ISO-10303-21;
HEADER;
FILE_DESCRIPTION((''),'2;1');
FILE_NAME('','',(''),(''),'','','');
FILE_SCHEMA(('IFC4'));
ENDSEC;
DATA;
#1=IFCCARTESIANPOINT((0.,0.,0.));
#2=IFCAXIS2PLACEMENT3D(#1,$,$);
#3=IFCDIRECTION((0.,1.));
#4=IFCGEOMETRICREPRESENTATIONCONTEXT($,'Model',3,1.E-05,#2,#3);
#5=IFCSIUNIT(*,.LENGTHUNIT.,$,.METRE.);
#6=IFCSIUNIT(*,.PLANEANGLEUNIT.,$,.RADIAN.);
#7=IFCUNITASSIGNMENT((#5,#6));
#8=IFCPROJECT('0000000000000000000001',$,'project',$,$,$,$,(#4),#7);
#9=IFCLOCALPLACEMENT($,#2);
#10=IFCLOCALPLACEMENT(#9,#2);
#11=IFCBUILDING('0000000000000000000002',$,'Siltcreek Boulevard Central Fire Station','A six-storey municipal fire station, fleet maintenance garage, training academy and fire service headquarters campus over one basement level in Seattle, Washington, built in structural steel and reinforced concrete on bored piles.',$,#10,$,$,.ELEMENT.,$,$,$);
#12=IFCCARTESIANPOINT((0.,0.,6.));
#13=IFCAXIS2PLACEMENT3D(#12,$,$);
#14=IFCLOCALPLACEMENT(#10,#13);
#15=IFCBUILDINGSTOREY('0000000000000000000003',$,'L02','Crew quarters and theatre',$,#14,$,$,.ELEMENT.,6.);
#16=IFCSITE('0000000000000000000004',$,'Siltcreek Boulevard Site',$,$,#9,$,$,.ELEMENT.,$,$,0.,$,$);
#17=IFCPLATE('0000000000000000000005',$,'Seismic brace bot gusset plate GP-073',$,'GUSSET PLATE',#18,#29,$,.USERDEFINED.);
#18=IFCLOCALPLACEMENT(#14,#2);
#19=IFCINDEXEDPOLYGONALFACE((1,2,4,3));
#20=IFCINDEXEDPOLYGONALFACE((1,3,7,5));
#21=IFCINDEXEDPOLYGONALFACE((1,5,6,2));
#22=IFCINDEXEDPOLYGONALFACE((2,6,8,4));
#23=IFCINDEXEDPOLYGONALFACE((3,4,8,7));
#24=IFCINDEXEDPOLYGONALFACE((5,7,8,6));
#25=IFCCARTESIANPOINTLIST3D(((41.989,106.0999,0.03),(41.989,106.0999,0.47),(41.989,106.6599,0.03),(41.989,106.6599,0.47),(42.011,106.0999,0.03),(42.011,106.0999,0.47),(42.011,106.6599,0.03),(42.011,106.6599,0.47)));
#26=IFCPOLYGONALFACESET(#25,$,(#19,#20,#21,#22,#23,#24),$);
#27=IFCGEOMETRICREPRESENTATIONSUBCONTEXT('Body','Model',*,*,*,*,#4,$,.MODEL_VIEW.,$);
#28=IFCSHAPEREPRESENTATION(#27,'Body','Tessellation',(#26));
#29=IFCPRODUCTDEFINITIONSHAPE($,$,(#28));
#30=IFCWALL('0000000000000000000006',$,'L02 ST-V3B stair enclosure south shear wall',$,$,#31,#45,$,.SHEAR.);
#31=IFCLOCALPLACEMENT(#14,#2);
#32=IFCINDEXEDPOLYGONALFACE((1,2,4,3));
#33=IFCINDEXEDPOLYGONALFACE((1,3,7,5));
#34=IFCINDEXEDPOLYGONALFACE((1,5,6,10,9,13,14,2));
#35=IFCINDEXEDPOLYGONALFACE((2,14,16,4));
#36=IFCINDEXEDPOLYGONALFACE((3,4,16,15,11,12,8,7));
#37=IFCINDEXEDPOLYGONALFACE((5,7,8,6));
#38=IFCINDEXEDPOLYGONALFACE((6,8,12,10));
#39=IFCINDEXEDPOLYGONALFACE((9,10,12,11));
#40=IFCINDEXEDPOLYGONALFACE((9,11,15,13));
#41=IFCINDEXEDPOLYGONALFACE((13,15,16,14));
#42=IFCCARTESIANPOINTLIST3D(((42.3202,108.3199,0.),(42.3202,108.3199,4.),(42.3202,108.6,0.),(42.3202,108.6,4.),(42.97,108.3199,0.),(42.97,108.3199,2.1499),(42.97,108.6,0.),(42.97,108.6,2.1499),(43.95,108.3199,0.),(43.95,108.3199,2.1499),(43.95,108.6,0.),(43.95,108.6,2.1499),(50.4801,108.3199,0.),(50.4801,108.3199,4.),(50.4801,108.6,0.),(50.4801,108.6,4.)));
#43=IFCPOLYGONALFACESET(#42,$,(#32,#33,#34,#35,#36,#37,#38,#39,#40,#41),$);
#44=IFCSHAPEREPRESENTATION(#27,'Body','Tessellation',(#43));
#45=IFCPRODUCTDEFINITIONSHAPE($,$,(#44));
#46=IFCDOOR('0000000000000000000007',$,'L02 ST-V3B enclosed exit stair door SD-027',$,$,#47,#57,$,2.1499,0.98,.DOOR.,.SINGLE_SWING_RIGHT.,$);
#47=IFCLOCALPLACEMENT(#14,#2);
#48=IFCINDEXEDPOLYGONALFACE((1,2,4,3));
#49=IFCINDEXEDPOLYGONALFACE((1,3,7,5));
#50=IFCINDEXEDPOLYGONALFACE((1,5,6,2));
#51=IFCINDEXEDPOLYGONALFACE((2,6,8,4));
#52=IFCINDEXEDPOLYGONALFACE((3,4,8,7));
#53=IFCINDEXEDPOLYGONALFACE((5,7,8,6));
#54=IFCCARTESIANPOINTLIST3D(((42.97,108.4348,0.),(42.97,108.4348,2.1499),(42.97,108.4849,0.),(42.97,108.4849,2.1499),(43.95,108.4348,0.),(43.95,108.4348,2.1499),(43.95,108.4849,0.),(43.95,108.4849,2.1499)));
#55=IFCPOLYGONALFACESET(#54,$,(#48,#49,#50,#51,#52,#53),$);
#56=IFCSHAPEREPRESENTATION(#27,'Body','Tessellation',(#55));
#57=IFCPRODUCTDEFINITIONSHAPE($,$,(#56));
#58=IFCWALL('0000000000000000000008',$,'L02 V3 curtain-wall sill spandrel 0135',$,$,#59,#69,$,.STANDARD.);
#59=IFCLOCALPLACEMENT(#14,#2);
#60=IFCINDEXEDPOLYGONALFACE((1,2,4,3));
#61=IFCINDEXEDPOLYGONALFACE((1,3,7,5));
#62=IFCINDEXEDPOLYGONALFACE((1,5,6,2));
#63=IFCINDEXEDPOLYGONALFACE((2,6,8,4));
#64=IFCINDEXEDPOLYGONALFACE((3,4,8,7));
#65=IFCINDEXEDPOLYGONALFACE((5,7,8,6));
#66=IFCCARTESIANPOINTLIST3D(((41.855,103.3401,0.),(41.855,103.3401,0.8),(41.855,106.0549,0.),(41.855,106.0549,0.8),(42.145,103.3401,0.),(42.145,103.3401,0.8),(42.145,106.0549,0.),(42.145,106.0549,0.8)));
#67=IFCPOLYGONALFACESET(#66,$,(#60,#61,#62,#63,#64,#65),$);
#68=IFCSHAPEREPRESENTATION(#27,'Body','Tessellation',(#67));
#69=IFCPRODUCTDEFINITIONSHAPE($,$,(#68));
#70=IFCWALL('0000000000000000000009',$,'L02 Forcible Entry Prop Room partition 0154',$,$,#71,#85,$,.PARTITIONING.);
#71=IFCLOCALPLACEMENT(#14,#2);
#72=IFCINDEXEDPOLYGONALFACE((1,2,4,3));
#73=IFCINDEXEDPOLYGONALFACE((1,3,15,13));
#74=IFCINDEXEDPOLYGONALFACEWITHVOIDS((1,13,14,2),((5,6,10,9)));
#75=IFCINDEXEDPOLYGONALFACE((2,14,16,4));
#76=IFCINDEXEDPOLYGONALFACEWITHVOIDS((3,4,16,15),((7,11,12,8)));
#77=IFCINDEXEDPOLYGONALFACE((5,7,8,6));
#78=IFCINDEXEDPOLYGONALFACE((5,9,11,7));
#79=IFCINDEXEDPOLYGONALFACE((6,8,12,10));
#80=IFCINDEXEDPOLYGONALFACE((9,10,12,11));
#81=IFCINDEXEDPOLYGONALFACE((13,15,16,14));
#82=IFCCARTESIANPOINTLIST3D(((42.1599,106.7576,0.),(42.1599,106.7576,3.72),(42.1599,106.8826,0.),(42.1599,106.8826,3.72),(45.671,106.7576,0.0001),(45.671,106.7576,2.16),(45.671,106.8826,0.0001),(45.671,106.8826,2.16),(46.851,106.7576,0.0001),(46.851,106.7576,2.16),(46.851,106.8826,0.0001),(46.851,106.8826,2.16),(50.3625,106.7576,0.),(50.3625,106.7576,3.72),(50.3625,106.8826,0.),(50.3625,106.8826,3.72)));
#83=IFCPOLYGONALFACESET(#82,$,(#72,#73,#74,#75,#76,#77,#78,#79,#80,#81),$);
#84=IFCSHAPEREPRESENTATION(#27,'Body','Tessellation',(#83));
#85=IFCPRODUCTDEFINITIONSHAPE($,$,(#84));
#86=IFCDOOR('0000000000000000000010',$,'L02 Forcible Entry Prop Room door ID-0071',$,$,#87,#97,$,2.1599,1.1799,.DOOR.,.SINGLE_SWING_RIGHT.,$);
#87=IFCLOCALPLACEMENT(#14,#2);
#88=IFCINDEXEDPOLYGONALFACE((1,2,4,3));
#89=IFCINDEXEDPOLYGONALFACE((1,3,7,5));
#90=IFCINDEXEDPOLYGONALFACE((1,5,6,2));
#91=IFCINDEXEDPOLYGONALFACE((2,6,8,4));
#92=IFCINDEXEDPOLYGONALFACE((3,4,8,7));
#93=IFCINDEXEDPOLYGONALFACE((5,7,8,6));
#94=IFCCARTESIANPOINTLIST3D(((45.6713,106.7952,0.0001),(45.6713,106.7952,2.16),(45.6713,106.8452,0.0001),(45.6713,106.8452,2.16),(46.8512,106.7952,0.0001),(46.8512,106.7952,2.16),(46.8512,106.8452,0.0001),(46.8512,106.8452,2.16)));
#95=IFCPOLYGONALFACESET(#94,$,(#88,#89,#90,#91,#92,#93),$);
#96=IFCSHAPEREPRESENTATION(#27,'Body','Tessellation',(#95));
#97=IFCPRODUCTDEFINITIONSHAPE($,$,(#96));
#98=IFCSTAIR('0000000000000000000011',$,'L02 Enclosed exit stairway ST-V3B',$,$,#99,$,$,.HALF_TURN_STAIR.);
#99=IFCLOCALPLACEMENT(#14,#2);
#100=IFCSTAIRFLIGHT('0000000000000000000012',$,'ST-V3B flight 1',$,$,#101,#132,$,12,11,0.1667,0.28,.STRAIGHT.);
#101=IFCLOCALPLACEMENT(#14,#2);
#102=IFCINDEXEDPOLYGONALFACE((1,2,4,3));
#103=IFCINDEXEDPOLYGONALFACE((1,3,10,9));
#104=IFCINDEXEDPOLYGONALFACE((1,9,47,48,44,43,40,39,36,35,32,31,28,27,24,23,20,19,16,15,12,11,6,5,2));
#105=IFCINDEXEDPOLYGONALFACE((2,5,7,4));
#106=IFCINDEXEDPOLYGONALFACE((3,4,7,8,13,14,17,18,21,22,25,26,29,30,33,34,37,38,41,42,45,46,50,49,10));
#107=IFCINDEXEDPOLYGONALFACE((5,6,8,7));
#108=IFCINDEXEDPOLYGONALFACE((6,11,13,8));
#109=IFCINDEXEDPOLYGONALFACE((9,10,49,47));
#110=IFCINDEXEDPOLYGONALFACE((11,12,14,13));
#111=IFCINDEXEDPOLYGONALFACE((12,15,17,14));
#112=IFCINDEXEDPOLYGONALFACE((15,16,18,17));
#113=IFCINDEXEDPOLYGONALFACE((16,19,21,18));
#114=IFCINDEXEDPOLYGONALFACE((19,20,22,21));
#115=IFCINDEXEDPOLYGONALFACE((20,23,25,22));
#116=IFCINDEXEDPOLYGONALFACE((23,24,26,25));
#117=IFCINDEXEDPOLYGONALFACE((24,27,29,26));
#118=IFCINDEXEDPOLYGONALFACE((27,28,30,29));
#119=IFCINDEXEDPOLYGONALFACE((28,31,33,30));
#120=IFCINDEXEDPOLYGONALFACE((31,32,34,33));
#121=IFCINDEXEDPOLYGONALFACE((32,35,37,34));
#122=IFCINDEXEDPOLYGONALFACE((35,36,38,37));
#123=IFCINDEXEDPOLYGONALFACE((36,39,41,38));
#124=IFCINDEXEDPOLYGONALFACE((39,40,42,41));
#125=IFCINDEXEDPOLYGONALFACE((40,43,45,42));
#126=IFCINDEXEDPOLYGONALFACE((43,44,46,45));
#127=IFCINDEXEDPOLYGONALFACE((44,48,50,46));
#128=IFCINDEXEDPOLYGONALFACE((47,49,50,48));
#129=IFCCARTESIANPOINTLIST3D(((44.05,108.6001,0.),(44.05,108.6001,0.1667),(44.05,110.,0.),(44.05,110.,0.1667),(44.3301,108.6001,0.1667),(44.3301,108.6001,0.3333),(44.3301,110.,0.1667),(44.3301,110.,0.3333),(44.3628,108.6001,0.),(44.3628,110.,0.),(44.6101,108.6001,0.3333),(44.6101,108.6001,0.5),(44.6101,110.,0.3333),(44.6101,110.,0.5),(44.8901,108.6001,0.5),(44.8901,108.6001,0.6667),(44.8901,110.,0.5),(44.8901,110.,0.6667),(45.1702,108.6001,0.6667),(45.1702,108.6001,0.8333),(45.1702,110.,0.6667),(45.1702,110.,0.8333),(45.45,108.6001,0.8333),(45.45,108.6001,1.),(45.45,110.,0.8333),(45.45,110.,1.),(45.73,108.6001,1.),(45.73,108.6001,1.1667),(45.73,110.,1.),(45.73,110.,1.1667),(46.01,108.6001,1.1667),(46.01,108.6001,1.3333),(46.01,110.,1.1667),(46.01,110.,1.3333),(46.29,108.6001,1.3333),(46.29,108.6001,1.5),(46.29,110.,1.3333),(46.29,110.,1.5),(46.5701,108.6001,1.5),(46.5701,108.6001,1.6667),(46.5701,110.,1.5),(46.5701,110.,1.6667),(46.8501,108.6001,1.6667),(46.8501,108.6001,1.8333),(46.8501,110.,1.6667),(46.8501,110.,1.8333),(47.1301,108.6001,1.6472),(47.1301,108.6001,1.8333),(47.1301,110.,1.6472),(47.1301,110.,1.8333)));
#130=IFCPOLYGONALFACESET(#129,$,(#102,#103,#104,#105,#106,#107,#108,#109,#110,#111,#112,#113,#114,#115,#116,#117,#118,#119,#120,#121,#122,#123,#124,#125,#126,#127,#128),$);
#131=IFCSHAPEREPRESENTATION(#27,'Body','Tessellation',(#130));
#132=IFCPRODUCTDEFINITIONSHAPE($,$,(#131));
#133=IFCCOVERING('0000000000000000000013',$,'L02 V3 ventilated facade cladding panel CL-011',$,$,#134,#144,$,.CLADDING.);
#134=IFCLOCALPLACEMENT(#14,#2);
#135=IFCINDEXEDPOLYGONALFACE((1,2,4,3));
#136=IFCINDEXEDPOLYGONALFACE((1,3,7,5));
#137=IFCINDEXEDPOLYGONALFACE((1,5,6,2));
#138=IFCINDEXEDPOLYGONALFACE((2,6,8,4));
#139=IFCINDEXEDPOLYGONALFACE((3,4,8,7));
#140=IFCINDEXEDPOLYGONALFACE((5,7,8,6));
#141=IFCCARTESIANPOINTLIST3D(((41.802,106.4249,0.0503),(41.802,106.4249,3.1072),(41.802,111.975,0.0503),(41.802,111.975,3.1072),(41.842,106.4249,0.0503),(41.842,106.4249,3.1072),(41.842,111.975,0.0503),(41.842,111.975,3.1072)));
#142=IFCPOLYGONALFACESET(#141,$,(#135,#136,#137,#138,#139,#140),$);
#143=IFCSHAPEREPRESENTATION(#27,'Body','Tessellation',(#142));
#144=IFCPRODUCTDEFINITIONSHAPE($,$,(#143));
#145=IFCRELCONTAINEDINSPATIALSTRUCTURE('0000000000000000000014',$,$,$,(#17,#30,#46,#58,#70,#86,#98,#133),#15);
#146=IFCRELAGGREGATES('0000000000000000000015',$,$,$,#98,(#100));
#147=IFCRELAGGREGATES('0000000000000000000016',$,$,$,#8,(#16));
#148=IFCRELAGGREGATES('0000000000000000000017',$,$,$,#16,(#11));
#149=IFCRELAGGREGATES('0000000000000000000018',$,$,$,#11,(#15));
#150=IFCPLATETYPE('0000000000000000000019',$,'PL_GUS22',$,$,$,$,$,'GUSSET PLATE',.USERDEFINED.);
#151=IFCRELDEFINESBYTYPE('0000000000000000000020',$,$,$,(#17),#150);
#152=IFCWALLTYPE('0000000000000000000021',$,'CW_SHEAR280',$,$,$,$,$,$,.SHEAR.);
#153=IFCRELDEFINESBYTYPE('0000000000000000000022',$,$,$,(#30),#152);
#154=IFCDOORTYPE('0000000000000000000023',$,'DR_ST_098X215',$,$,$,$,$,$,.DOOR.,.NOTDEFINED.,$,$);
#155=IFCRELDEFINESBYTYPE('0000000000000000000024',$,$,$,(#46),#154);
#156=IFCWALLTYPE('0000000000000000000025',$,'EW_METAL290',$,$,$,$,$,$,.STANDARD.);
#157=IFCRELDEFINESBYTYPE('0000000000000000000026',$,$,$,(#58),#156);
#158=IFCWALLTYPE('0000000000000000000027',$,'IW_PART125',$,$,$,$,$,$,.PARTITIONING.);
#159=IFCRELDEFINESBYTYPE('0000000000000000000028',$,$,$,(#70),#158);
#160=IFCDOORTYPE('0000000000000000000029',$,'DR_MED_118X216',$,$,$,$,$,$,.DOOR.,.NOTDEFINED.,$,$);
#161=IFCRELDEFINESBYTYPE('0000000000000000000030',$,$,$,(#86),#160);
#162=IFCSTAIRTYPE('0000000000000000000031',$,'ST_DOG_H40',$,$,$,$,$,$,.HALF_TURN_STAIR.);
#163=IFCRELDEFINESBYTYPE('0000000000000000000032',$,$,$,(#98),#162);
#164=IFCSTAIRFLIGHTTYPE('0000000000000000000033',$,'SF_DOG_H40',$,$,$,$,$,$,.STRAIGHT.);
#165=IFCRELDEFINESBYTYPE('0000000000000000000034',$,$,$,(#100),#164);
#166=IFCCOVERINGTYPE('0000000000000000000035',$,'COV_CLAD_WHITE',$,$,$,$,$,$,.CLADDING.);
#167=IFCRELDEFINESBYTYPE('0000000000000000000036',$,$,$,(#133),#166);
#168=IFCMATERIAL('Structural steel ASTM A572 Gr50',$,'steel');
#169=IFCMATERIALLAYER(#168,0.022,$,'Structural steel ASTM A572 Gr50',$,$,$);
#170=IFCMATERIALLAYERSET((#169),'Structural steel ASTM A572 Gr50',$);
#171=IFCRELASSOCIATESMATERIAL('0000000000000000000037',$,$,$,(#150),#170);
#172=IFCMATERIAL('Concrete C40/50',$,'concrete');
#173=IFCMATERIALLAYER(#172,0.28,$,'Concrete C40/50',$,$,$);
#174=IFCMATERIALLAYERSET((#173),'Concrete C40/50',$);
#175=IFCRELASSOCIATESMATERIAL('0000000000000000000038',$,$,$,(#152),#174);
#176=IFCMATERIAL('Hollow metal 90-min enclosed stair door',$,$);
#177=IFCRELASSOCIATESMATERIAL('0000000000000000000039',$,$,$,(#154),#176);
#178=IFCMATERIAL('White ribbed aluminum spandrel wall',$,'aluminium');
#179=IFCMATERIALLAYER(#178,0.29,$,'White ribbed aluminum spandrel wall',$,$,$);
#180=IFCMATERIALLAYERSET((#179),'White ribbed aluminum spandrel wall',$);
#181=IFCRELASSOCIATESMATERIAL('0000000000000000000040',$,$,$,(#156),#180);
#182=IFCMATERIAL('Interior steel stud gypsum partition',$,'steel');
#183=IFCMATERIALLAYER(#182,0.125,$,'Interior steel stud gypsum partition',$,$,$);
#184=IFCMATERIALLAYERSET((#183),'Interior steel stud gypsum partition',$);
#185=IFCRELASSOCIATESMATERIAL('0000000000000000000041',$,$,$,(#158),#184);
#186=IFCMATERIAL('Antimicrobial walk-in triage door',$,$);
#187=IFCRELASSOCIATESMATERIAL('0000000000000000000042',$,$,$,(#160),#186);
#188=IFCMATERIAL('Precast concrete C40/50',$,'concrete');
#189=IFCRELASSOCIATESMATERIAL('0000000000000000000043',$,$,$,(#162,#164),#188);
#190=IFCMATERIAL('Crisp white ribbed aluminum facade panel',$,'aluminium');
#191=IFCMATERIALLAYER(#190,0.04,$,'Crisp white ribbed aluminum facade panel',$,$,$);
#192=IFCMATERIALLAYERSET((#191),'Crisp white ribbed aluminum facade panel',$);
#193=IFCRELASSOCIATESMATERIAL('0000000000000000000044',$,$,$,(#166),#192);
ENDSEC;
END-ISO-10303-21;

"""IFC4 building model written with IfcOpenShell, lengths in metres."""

from ifc_helpers import new_model, si_unit, direction, frame, frame_2d, origin, origin_2d, place, context, subcontext, project, spatial, polyline, rectangle, outline, extrude, material, layer, layer_set, type_object, element, fill, aggregate, save


model = new_model("IFC4")

# Units and contexts
model_context = context("Model", 3, precision=1e-05, world=origin(), true_north=direction((0.0, 1.0)))
body_context = subcontext(model_context, "Body", "Model", "MODEL_VIEW")
ifc_project = project(units=[si_unit("LENGTHUNIT", "METRE"), si_unit("PLANEANGLEUNIT", "RADIAN")], contexts=[model_context])

# Site, building, storey
site_placement = place(None, origin())
site = spatial("IfcSite", under=ifc_project, at=site_placement, Name="Siltcreek Boulevard Site", CompositionType="ELEMENT", RefElevation=0.0)
building_placement = place(site_placement, origin())
building = spatial("IfcBuilding", under=site, at=building_placement, Name="Siltcreek Boulevard Central Fire Station", Description="A six-storey municipal fire station, fleet maintenance garage, training academy and fire service headquarters campus over one basement level in Seattle, Washington, built in structural steel and reinforced concrete on bored piles.", CompositionType="ELEMENT")
storey_placement = place(building_placement, frame((0.0, 0.0, 6.0)))
storey = spatial("IfcBuildingStorey", under=building, at=storey_placement, Name="L02", Description="Crew quarters and theatre", CompositionType="ELEMENT", Elevation=6.0)

# Plate
ifc_material_1 = material(Name="Structural steel ASTM A572 Gr50", Category="steel")
ifc_layer_1 = layer(ifc_material_1, 0.022, Name="Structural steel ASTM A572 Gr50")
ifc_layer_set_1 = layer_set([ifc_layer_1], Name="Structural steel ASTM A572 Gr50")
plate_type_1 = type_object("IfcPlateType", Name="PL_GUS22", ElementType="GUSSET PLATE", PredefinedType="USERDEFINED", material=ifc_layer_set_1)
plate_1_placement = place(storey_placement, frame((42.0, 106.3799, 0.03), z_axis=(0.0, 0.0, 1.0), x_axis=(0.0, 1.0, 0.0)))
element("IfcPlate", 1, at=plate_1_placement, inside=storey, type_object=plate_type_1, Name="Seismic brace bot gusset plate GP-073", ObjectType="GUSSET PLATE", PredefinedType="USERDEFINED", context=body_context, shape_type="SweptSolid", body=[
    extrude(rectangle(XDim=0.5601, YDim=0.022, at=origin_2d()), origin(), (0.0, 0.0, 1.0), 0.4399),
])

# Wall, opening, door
ifc_material_2 = material(Name="Concrete C40/50", Category="concrete")
ifc_layer_2 = layer(ifc_material_2, 0.28, Name="Concrete C40/50")
ifc_layer_set_2 = layer_set([ifc_layer_2], Name="Concrete C40/50")
wall_type_1 = type_object("IfcWallType", Name="CW_SHEAR280", PredefinedType="SHEAR", material=ifc_layer_set_2)
wall_1_placement = place(storey_placement, frame((42.3201, 108.46, 0.0), z_axis=(0.0, 0.0, 1.0), x_axis=(1.0, 0.0, 0.0)))
wall_1 = element("IfcWall", 2, at=wall_1_placement, inside=storey, type_object=wall_type_1, Name="L02 ST-V3B stair enclosure south shear wall", PredefinedType="SHEAR", context=body_context, shape_type="SweptSolid", body=[
    extrude(rectangle(XDim=8.1599, YDim=0.28, at=frame_2d((4.0801, 0.0))), origin(), (0.0, 0.0, 1.0), 4.0),
])
opening_1_placement = place(wall_1_placement, frame((0.6499, 0.0, 0.0)))
opening_1 = element("IfcOpeningElement", 3, at=opening_1_placement, cuts=wall_1, PredefinedType="OPENING", context=body_context, shape_type="SweptSolid", body=[
    extrude(rectangle(XDim=0.98, YDim=2.1499, at=frame_2d((0.49, 1.075))), frame((0.0, 0.1499, 0.0), z_axis=(0.0, -1.0, 0.0), x_axis=(1.0, 0.0, 0.0)), (0.0, 0.0, 1.0), 0.3),
])
ifc_material_3 = material(Name="Hollow metal 90-min enclosed stair door")
door_type_1 = type_object("IfcDoorType", Name="DR_ST_098X215", OperationType="NOTDEFINED", PredefinedType="DOOR", material=ifc_material_3)
door_1_placement = place(opening_1_placement, origin())
door_1 = element("IfcDoor", 4, at=door_1_placement, inside=storey, type_object=door_type_1, Name="L02 ST-V3B enclosed exit stair door SD-027", OperationType="SINGLE_SWING_RIGHT", OverallHeight=2.1499, OverallWidth=0.98, PredefinedType="DOOR", context=body_context, shape_type="SweptSolid", body=[
    extrude(rectangle(XDim=0.98, YDim=2.1499, at=frame_2d((0.49, 1.075))), frame((0.0, 0.0249, 0.0), z_axis=(0.0, -1.0, 0.0), x_axis=(1.0, 0.0, 0.0)), (0.0, 0.0, 1.0), 0.05),
])
fill(opening_1, door_1)

# Wall
ifc_material_4 = material(Name="White ribbed aluminum spandrel wall", Category="aluminium")
ifc_layer_3 = layer(ifc_material_4, 0.29, Name="White ribbed aluminum spandrel wall")
ifc_layer_set_3 = layer_set([ifc_layer_3], Name="White ribbed aluminum spandrel wall")
wall_type_2 = type_object("IfcWallType", Name="EW_METAL290", PredefinedType="STANDARD", material=ifc_layer_set_3)
wall_2_placement = place(storey_placement, frame((42.0, 106.0549, 0.0), z_axis=(0.0, 0.0, 1.0), x_axis=(0.0, -1.0, 0.0)))
element("IfcWall", 5, at=wall_2_placement, inside=storey, type_object=wall_type_2, Name="L02 V3 curtain-wall sill spandrel 0135", PredefinedType="STANDARD", context=body_context, shape_type="SweptSolid", body=[
    extrude(rectangle(XDim=2.7148, YDim=0.29, at=frame_2d((1.3574, 0.0))), origin(), (0.0, 0.0, 1.0), 0.8),
])

# Wall, opening, door
ifc_material_5 = material(Name="Interior steel stud gypsum partition", Category="steel")
ifc_layer_4 = layer(ifc_material_5, 0.125, Name="Interior steel stud gypsum partition")
ifc_layer_set_4 = layer_set([ifc_layer_4], Name="Interior steel stud gypsum partition")
wall_type_3 = type_object("IfcWallType", Name="IW_PART125", PredefinedType="PARTITIONING", material=ifc_layer_set_4)
wall_3_placement = place(storey_placement, frame((42.1599, 106.8201, 0.0), z_axis=(0.0, 0.0, 1.0), x_axis=(1.0, 0.0, 0.0)))
wall_3 = element("IfcWall", 6, at=wall_3_placement, inside=storey, type_object=wall_type_3, Name="L02 Forcible Entry Prop Room partition 0154", PredefinedType="PARTITIONING", context=body_context, shape_type="SweptSolid", body=[
    extrude(rectangle(XDim=8.2026, YDim=0.125, at=frame_2d((4.1013, 0.0))), origin(), (0.0, 0.0, 1.0), 3.72),
])
opening_2_placement = place(wall_3_placement, frame((3.5112, 0.0, 0.0)))
opening_2 = element("IfcOpeningElement", 7, at=opening_2_placement, cuts=wall_3, PredefinedType="OPENING", context=body_context, shape_type="SweptSolid", body=[
    extrude(rectangle(XDim=1.1799, YDim=2.1599, at=frame_2d((0.5898, 1.0801))), frame((0.0, 0.0725, 0.0), z_axis=(0.0, -1.0, 0.0), x_axis=(1.0, 0.0, 0.0)), (0.0, 0.0, 1.0), 0.145),
])
ifc_material_6 = material(Name="Antimicrobial walk-in triage door")
door_type_2 = type_object("IfcDoorType", Name="DR_MED_118X216", OperationType="NOTDEFINED", PredefinedType="DOOR", material=ifc_material_6)
door_2_placement = place(opening_2_placement, frame((1.1799, 0.0, 0.0), z_axis=(0.0, 0.0, 1.0), x_axis=(-1.0, 0.0, 0.0)))
door_2 = element("IfcDoor", 8, at=door_2_placement, inside=storey, type_object=door_type_2, Name="L02 Forcible Entry Prop Room door ID-0071", OperationType="SINGLE_SWING_RIGHT", OverallHeight=2.1599, OverallWidth=1.1799, PredefinedType="DOOR", context=body_context, shape_type="SweptSolid", body=[
    extrude(rectangle(XDim=1.1799, YDim=2.1599, at=frame_2d((0.5898, 1.0801))), frame((0.0, 0.0249, 0.0), z_axis=(0.0, -1.0, 0.0), x_axis=(1.0, 0.0, 0.0)), (0.0, 0.0, 1.0), 0.05),
])
fill(opening_2, door_2)

# Stair, stair flight
ifc_material_7 = material(Name="Precast concrete C40/50", Category="concrete")
stair_type = type_object("IfcStairType", Name="ST_DOG_H40", PredefinedType="HALF_TURN_STAIR", material=ifc_material_7)
stair_placement = place(storey_placement, origin())
stair = element("IfcStair", 9, at=stair_placement, inside=storey, type_object=stair_type, Name="L02 Enclosed exit stairway ST-V3B", PredefinedType="HALF_TURN_STAIR")
stair_flight_type = type_object("IfcStairFlightType", Name="SF_DOG_H40", PredefinedType="STRAIGHT", material=ifc_material_7)
stair_flight_placement = place(storey_placement, frame((44.05, 109.3, 0.0), z_axis=(0.0, 0.0, 1.0), x_axis=(1.0, 0.0, 0.0)))
stair_flight = element("IfcStairFlight", 10, at=stair_flight_placement, type_object=stair_flight_type, Name="ST-V3B flight 1", NumberOfRisers=12, NumberOfTreads=11, PredefinedType="STRAIGHT", RiserHeight=0.1667, TreadLength=0.28, context=body_context, shape_type="SweptSolid", body=[
    extrude(outline(polyline([(0.0, 0.0), (0.0, 0.1667), (0.28, 0.1667), (0.28, 0.3333), (0.5601, 0.3333), (0.5601, 0.5), (0.8401, 0.5), (0.8401, 0.6667), (1.1201, 0.6667), (1.1201, 0.8333), (1.3999, 0.8333), (1.3999, 1.0), (1.6799, 1.0), (1.6799, 1.1667), (1.96, 1.1667), (1.96, 1.3333), (2.24, 1.3333), (2.24, 1.5), (2.52, 1.5), (2.52, 1.6667), (2.8, 1.6667), (2.8, 1.8333), (3.0801, 1.8333), (3.0801, 2.0), (3.0801, 1.6472), (0.3127, 0.0), (0.0, 0.0)])), frame((0.0, 0.7, 0.0), z_axis=(0.0, -1.0, 0.0), x_axis=(1.0, 0.0, 0.0)), (0.0, 0.0, 1.0), 1.3999),
])
aggregate(stair, [stair_flight])

# Covering
ifc_material_8 = material(Name="Crisp white ribbed aluminum facade panel", Category="aluminium")
ifc_layer_5 = layer(ifc_material_8, 0.04, Name="Crisp white ribbed aluminum facade panel")
ifc_layer_set_5 = layer_set([ifc_layer_5], Name="Crisp white ribbed aluminum facade panel")
covering_type = type_object("IfcCoveringType", Name="COV_CLAD_WHITE", PredefinedType="CLADDING", material=ifc_layer_set_5)
covering_placement = place(storey_placement, frame((41.822, 109.2, 0.0503), z_axis=(0.0, 0.0, 1.0), x_axis=(0.0, -1.0, 0.0)))
element("IfcCovering", 11, at=covering_placement, inside=storey, type_object=covering_type, Name="L02 V3 ventilated facade cladding panel CL-011", PredefinedType="CLADDING", context=body_context, shape_type="SweptSolid", body=[
    extrude(rectangle(XDim=5.55, YDim=0.04, at=origin_2d()), origin(), (0.0, 0.0, 1.0), 3.0569),
])

save(model, "model.ifc")
